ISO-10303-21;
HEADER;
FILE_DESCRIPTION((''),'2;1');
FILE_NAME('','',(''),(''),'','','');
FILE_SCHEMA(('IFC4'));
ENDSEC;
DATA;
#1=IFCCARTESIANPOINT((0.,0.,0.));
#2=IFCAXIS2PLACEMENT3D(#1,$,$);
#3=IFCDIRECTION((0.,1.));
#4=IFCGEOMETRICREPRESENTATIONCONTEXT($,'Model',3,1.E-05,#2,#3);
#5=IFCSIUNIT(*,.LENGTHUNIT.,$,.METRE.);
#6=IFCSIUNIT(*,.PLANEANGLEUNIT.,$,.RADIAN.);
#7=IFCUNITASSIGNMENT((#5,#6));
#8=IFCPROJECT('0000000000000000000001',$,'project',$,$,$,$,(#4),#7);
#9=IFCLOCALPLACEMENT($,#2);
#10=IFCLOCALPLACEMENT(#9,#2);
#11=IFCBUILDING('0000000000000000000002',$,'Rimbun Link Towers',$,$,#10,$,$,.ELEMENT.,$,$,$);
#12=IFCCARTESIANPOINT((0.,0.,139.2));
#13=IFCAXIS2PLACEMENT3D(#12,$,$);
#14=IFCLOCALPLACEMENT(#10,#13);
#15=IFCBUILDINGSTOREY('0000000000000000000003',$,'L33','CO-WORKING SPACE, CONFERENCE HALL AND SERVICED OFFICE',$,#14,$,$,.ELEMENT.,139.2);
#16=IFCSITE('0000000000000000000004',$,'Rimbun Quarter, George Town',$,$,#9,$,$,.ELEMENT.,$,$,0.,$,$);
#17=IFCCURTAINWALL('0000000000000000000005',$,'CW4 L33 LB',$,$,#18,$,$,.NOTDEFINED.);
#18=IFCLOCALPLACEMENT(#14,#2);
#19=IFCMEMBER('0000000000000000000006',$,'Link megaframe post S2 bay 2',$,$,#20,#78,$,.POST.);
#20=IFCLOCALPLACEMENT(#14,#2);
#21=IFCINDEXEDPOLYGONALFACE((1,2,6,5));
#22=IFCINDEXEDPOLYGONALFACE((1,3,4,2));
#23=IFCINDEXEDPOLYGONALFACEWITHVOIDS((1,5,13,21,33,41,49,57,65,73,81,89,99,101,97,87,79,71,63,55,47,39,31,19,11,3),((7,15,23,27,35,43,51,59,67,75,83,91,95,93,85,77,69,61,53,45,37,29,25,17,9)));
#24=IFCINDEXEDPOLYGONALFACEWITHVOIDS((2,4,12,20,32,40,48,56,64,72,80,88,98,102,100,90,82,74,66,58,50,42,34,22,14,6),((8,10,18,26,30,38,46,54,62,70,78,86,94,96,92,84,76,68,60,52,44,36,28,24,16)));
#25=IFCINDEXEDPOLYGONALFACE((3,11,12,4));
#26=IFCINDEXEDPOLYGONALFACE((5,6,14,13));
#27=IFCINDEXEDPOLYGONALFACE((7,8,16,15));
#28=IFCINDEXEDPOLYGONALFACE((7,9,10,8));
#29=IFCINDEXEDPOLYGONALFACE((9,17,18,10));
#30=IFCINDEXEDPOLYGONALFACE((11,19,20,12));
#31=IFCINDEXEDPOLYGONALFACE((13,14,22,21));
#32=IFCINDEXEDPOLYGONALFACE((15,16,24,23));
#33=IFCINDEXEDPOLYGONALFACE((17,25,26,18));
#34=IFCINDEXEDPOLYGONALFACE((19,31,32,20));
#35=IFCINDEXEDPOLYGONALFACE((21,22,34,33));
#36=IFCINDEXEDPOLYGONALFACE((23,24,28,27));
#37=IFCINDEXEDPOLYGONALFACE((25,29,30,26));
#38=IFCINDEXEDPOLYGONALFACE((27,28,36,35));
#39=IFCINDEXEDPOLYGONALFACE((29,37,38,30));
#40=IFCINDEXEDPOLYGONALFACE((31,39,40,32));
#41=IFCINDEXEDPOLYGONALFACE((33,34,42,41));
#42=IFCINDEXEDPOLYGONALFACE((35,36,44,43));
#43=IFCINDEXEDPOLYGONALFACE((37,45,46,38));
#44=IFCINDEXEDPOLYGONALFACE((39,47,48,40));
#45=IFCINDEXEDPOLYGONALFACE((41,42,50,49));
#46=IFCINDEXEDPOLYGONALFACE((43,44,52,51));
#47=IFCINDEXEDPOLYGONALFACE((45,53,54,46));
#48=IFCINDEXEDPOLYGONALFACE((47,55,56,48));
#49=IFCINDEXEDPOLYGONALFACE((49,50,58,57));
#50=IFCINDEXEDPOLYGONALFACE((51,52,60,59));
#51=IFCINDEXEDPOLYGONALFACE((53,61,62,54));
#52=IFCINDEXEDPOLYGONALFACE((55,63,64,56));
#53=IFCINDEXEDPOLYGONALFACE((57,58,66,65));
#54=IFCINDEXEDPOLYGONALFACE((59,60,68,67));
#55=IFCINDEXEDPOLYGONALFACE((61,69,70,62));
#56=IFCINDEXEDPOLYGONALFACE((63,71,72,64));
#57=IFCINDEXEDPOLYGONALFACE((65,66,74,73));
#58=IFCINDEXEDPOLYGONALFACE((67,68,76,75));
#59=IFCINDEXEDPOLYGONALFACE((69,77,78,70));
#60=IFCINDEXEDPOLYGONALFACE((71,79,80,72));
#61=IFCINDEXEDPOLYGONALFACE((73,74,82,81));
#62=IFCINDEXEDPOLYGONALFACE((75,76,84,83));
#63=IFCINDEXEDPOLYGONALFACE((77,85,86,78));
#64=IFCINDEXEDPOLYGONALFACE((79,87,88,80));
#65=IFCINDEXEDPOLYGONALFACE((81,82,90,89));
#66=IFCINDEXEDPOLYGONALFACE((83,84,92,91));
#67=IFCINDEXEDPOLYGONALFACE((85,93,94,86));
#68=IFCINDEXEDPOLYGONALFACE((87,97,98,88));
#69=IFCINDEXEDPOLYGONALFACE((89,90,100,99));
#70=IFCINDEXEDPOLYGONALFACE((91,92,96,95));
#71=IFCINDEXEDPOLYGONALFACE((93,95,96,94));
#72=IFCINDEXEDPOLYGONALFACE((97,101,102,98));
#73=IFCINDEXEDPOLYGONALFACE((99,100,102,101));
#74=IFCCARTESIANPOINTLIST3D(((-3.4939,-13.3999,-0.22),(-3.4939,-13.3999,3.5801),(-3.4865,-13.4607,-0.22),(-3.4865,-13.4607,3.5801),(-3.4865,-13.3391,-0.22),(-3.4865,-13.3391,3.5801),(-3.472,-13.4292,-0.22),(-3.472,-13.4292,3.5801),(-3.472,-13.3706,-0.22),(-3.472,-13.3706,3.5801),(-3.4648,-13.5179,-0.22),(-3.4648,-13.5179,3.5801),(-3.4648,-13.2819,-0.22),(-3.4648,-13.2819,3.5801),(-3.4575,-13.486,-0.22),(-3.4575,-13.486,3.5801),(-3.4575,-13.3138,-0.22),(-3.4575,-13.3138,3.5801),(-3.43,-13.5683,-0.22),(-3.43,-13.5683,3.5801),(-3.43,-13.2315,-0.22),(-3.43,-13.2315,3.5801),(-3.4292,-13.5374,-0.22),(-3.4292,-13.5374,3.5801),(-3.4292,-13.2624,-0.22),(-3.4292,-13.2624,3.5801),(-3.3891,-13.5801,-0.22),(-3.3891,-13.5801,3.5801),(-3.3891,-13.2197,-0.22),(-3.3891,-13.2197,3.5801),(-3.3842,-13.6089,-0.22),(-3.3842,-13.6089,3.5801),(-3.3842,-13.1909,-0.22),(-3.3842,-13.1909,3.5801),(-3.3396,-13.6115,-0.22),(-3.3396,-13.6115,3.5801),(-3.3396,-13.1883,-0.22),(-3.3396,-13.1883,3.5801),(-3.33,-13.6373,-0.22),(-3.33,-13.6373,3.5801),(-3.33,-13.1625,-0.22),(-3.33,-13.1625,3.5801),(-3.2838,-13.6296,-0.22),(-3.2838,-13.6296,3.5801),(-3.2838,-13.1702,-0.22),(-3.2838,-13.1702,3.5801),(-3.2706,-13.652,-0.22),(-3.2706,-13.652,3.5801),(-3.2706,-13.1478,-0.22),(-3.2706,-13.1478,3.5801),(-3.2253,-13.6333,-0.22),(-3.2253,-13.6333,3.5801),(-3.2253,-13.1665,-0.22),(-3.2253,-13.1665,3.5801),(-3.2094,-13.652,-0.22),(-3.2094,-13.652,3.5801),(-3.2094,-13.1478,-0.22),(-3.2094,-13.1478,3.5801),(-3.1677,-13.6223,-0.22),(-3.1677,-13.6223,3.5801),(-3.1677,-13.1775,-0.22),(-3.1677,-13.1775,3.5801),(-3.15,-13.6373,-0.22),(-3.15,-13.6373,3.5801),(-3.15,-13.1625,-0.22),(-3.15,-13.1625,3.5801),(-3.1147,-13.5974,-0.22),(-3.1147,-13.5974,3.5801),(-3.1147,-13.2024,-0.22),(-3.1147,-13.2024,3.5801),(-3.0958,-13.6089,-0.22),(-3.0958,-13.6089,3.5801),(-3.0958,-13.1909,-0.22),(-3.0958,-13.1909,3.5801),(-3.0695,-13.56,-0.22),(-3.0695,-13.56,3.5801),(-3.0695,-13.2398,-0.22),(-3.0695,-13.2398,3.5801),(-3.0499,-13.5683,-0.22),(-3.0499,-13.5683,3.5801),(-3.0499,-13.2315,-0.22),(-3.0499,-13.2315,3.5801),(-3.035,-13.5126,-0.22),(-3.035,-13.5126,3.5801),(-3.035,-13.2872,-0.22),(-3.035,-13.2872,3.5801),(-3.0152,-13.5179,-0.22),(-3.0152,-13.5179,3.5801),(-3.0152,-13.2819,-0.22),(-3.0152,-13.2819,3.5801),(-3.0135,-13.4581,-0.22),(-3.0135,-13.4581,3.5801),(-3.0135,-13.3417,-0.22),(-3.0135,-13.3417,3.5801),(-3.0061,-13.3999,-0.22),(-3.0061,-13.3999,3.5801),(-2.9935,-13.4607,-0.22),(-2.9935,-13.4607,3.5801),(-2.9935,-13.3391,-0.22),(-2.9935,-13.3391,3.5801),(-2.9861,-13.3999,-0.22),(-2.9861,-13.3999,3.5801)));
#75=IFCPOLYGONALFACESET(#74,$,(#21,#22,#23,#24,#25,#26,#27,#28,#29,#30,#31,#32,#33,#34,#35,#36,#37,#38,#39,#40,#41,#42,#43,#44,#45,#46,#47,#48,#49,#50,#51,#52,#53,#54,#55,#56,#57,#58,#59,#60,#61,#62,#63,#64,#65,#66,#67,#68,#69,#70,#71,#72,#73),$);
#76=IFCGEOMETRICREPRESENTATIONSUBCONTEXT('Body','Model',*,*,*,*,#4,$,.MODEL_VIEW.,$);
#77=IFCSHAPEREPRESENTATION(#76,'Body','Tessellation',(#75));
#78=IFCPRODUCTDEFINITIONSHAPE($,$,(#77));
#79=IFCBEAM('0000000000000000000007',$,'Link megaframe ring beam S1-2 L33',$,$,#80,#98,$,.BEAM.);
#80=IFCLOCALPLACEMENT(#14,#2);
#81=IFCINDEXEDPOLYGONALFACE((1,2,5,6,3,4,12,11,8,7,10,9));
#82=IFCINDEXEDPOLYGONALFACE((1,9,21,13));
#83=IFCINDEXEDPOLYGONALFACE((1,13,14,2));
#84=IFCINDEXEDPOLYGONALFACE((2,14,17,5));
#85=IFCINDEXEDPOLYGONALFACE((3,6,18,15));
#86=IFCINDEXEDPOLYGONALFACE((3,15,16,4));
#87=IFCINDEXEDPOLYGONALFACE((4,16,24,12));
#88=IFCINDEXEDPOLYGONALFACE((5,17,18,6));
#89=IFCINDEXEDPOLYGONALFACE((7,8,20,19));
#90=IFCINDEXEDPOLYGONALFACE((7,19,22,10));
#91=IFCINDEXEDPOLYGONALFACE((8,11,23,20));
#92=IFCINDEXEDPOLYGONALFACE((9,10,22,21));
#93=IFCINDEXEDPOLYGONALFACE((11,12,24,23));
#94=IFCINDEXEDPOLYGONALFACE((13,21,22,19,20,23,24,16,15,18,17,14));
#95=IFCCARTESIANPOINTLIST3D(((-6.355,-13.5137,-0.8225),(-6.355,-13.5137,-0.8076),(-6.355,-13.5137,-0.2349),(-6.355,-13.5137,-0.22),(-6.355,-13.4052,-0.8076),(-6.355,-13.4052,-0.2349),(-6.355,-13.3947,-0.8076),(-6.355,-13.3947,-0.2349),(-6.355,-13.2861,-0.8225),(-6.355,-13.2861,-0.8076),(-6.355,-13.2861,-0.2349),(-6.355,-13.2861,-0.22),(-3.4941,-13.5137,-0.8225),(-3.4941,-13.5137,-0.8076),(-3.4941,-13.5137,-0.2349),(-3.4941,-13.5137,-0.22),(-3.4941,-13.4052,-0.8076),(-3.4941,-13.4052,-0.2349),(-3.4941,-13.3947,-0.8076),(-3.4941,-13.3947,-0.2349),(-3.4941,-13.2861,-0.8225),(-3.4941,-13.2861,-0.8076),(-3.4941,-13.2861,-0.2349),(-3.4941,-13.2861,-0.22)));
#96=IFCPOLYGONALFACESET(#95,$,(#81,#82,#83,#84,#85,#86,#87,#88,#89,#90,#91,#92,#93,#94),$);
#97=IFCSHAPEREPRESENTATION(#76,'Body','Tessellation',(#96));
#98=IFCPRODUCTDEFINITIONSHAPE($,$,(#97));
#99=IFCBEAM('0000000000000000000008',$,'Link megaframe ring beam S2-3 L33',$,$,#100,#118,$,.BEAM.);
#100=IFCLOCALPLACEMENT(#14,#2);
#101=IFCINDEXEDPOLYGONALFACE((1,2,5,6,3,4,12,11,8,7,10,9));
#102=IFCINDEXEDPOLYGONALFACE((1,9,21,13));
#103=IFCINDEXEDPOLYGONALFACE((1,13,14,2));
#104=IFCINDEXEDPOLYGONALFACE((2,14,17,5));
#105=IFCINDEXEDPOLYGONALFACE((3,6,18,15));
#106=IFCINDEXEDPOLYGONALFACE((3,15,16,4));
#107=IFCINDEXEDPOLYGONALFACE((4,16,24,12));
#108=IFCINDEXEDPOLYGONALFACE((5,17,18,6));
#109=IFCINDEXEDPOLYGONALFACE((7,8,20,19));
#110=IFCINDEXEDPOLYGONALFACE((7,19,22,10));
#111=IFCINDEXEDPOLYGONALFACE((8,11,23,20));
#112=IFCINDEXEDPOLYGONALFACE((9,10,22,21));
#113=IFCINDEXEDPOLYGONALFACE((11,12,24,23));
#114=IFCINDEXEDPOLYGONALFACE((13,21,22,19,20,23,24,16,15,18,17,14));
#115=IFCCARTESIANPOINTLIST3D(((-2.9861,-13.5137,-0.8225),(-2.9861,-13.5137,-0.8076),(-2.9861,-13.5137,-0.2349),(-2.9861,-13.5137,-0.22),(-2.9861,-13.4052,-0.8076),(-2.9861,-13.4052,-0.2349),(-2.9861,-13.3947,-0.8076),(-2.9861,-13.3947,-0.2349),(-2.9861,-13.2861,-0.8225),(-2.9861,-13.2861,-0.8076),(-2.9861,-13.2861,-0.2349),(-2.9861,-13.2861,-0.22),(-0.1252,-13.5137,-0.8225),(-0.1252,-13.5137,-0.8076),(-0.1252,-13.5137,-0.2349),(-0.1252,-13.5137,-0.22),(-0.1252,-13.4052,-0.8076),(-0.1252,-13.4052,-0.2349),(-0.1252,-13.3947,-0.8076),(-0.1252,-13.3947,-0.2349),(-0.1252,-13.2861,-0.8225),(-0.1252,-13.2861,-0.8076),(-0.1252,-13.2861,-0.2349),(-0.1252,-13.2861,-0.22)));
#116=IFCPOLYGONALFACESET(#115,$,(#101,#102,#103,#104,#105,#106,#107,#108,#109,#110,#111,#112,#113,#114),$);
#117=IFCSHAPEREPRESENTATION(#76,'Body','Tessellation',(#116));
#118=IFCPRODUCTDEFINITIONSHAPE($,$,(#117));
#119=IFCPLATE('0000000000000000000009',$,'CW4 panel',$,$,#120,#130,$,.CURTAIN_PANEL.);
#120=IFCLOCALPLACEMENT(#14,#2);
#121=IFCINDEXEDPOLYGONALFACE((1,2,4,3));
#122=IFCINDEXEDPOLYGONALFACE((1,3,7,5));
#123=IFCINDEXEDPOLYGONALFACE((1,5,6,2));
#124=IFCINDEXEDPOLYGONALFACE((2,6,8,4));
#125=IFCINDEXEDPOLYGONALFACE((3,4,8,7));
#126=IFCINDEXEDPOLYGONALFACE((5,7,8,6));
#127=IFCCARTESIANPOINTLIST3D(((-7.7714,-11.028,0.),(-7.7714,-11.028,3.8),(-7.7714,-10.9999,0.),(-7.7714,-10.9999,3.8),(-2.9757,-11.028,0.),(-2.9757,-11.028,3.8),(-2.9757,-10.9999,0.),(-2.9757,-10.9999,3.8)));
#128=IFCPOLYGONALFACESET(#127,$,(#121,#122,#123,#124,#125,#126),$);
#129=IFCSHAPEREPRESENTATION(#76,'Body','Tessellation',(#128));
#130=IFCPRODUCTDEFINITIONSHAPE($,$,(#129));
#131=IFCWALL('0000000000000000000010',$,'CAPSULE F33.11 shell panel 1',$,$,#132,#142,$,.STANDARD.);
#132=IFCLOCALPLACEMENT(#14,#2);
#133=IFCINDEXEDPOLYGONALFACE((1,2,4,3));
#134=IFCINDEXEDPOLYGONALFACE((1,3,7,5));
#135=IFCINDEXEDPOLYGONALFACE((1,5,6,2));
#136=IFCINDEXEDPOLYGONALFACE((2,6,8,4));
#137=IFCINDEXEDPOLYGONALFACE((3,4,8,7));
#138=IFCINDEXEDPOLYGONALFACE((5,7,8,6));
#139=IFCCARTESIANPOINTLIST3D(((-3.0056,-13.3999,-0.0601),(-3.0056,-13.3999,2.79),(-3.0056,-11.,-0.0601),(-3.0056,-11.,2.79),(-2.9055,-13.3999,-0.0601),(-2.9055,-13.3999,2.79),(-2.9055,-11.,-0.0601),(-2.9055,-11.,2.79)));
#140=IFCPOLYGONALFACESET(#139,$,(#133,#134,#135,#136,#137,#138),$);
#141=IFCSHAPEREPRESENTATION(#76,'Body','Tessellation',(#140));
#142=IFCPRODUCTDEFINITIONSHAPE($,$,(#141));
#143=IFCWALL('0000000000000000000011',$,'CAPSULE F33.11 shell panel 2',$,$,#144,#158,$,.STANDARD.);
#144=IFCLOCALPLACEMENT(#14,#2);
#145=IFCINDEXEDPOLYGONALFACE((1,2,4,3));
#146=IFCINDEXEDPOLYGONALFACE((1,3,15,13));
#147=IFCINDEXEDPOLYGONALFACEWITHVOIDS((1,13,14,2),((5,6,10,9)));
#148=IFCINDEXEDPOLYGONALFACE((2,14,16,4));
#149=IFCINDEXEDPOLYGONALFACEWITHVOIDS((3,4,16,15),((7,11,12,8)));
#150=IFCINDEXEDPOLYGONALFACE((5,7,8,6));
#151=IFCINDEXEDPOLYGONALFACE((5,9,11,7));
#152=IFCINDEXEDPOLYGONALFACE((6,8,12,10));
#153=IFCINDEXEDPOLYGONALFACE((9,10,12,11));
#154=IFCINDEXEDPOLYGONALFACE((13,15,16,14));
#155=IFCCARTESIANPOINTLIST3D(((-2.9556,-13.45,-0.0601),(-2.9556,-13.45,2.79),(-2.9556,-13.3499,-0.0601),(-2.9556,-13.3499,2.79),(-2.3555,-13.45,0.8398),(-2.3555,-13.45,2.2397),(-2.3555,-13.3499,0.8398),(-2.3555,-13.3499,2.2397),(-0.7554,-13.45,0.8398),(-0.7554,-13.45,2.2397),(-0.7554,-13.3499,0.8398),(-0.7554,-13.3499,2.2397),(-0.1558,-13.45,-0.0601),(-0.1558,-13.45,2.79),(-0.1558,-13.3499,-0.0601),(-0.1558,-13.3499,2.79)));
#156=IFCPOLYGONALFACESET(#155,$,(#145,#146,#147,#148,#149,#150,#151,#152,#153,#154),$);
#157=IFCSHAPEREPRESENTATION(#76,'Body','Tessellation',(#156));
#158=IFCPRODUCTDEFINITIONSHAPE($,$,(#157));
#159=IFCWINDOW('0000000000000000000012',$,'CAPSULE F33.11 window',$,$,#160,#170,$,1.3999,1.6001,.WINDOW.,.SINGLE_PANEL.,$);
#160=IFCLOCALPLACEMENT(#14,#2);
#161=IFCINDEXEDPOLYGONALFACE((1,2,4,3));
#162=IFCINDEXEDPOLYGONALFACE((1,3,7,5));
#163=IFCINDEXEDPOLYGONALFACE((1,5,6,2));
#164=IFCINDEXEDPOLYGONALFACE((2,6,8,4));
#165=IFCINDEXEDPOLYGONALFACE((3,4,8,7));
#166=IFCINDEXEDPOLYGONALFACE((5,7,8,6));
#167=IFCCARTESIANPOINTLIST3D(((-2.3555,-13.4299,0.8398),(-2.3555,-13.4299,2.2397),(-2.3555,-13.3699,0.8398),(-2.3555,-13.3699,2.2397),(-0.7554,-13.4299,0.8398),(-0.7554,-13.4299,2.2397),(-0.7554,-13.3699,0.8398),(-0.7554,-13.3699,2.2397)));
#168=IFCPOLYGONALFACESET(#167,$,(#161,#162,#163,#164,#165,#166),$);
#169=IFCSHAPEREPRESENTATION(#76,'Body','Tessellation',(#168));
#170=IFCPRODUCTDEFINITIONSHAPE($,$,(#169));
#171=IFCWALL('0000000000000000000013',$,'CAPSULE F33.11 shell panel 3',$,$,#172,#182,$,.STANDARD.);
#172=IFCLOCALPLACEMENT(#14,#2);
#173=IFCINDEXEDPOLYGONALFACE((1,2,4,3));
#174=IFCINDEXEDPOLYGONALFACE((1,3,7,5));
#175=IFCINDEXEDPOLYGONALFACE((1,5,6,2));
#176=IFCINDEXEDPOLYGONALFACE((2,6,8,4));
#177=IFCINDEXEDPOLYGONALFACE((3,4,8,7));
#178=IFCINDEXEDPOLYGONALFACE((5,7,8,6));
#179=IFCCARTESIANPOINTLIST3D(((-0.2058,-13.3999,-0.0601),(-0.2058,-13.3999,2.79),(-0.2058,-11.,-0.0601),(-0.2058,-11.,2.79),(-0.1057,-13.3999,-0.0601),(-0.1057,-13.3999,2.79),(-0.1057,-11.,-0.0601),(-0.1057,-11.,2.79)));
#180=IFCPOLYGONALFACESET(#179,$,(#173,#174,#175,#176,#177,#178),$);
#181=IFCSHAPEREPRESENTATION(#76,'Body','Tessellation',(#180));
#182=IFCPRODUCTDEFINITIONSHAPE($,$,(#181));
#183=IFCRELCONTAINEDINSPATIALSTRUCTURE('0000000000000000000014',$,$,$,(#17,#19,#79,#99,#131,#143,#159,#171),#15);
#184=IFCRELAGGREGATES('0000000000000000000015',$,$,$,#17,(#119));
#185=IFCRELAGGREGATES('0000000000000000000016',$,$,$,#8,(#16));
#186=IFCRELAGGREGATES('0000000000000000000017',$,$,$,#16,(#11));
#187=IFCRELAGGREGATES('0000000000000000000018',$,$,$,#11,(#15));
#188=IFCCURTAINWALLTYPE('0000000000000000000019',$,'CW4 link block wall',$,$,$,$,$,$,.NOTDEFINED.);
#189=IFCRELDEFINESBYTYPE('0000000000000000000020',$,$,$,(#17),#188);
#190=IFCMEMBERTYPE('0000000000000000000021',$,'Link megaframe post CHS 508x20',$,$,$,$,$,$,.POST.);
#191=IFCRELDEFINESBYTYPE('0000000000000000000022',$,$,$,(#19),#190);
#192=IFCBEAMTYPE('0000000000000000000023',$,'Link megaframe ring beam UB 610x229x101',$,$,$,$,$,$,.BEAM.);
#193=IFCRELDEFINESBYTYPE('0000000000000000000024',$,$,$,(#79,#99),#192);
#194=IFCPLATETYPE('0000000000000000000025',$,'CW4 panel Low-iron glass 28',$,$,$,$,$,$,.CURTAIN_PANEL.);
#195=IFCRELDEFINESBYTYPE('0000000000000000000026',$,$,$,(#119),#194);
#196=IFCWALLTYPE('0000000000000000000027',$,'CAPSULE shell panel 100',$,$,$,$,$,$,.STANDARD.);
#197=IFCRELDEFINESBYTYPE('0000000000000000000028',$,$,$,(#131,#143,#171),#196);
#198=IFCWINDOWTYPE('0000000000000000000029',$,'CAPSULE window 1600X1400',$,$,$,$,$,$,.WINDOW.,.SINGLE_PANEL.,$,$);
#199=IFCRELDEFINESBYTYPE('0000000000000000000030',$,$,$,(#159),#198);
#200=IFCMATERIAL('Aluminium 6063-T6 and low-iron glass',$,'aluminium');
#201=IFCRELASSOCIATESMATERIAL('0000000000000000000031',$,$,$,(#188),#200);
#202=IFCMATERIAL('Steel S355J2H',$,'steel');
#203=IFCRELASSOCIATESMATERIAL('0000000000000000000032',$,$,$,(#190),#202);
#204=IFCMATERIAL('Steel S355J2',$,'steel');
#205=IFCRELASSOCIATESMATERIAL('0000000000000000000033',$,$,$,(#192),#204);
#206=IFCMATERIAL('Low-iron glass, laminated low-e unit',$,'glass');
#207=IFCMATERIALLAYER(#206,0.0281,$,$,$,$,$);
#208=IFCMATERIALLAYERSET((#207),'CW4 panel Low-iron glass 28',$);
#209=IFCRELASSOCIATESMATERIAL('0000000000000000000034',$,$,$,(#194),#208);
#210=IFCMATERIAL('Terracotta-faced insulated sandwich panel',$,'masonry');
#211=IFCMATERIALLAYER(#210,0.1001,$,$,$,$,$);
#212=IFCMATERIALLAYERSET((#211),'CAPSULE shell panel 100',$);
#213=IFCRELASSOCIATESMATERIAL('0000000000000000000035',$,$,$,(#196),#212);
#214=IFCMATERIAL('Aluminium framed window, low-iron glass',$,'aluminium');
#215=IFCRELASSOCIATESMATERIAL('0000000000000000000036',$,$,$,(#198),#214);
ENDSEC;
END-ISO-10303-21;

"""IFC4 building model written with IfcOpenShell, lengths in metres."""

from ifc_helpers import new_model, si_unit, direction, frame, frame_2d, origin, origin_2d, place, context, subcontext, project, spatial, rectangle, hollow_circle, i_section, extrude, material, layer, layer_set, material_profile, profile_set, type_object, element, fill, aggregate, save


model = new_model("IFC4")

# Units and contexts
model_context = context("Model", 3, precision=1e-05, world=origin(), true_north=direction((0.0, 1.0)))
body_context = subcontext(model_context, "Body", "Model", "MODEL_VIEW")
ifc_project = project(units=[si_unit("LENGTHUNIT", "METRE"), si_unit("PLANEANGLEUNIT", "RADIAN")], contexts=[model_context])

# Site, building, storey
site_placement = place(None, origin())
site = spatial("IfcSite", under=ifc_project, at=site_placement, Name="Rimbun Quarter, George Town", CompositionType="ELEMENT", RefElevation=0.0)
building_placement = place(site_placement, origin())
building = spatial("IfcBuilding", under=site, at=building_placement, Name="Rimbun Link Towers", CompositionType="ELEMENT")
storey_placement = place(building_placement, frame((0.0, 0.0, 139.2)))
storey = spatial("IfcBuildingStorey", under=building, at=storey_placement, Name="L33", Description="CO-WORKING SPACE, CONFERENCE HALL AND SERVICED OFFICE", CompositionType="ELEMENT", Elevation=139.2)

# Curtain wall
ifc_material_1 = material(Name="Aluminium 6063-T6 and low-iron glass", Category="aluminium")
curtain_wall_type = type_object("IfcCurtainWallType", Name="CW4 link block wall", PredefinedType="NOTDEFINED", material=ifc_material_1)
curtain_wall_placement = place(storey_placement, origin())
curtain_wall = element("IfcCurtainWall", 1, at=curtain_wall_placement, inside=storey, type_object=curtain_wall_type, Name="CW4 L33 LB", PredefinedType="NOTDEFINED")

# Member
ifc_material_2 = material(Name="Steel S355J2H", Category="steel")
ifc_material_profile_1 = material_profile(ifc_material_2, hollow_circle(Radius=0.2539, WallThickness=0.02, at=origin_2d()), Name="CHS 508x20")
ifc_profile_set_1 = profile_set([ifc_material_profile_1], Name="Steel S355J2H")
member_type_1 = type_object("IfcMemberType", Name="Link megaframe post CHS 508x20", PredefinedType="POST", material=ifc_profile_set_1)
for number, where, z_axis, x_axis, name in (
    (2, (-3.24, -13.3999, -0.22), (0.0, 0.0, 1.0), (1.0, 0.0, 0.0), "Link megaframe post S2 bay 2"),
):
    element("IfcMember", number, at=place(storey_placement, frame(where, z_axis=z_axis, x_axis=x_axis)), inside=storey, type_object=member_type_1, Name=name, PredefinedType="POST", context=body_context, shape_type="SweptSolid", body=[
        extrude(hollow_circle(Radius=0.2539, WallThickness=0.02, at=origin_2d()), origin(), (0.0, 0.0, 1.0), 3.8),
    ])

# Beams
ifc_material_3 = material(Name="Steel S355J2", Category="steel")
ifc_material_profile_2 = material_profile(ifc_material_3, i_section(OverallWidth=0.2275, OverallDepth=0.6025, WebThickness=0.0105, FlangeThickness=0.0149, at=origin_2d()), Name="UB 610x229x101")
ifc_profile_set_2 = profile_set([ifc_material_profile_2], Name="Steel S355J2")
beam_type_1 = type_object("IfcBeamType", Name="Link megaframe ring beam UB 610x229x101", PredefinedType="BEAM", material=ifc_profile_set_2)
for number, where, z_axis, x_axis, name in (
    (3, (-6.355, -13.3999, -0.5212), (1.0, 0.0, 0.0), (0.0, 1.0, 0.0), "Link megaframe ring beam S1-2 L33"),
    (4, (-2.9861, -13.3999, -0.5212), (1.0, 0.0, 0.0), (0.0, 1.0, 0.0), "Link megaframe ring beam S2-3 L33"),
):
    element("IfcBeam", number, at=place(storey_placement, frame(where, z_axis=z_axis, x_axis=x_axis)), inside=storey, type_object=beam_type_1, Name=name, PredefinedType="BEAM", context=body_context, shape_type="SweptSolid", body=[
        extrude(i_section(OverallWidth=0.2275, OverallDepth=0.6025, WebThickness=0.0105, FlangeThickness=0.0149, at=origin_2d()), origin(), (0.0, 0.0, 1.0), 2.8608),
    ])

# Plate
ifc_material_4 = material(Name="Low-iron glass, laminated low-e unit", Category="glass")
ifc_layer_1 = layer(ifc_material_4, 0.0281)
ifc_layer_set_1 = layer_set([ifc_layer_1], Name="CW4 panel Low-iron glass 28")
plate_type = type_object("IfcPlateType", Name="CW4 panel Low-iron glass 28", PredefinedType="CURTAIN_PANEL", material=ifc_layer_set_1)
plate_placement = place(storey_placement, frame((-5.3735, -11.0139, 0.0), z_axis=(0.0, 0.0, 1.0), x_axis=(-1.0, 0.0, 0.0)))
plate = element("IfcPlate", 5, at=plate_placement, type_object=plate_type, Name="CW4 panel", PredefinedType="CURTAIN_PANEL", context=body_context, shape_type="SweptSolid", body=[
    extrude(rectangle(XDim=4.7957, YDim=0.0281, at=origin_2d()), origin(), (0.0, 0.0, 1.0), 3.8),
])
aggregate(curtain_wall, [plate])

# Wall
ifc_material_5 = material(Name="Terracotta-faced insulated sandwich panel", Category="masonry")
ifc_layer_2 = layer(ifc_material_5, 0.1001)
ifc_layer_set_2 = layer_set([ifc_layer_2], Name="CAPSULE shell panel 100")
wall_type_1 = type_object("IfcWallType", Name="CAPSULE shell panel 100", PredefinedType="STANDARD", material=ifc_layer_set_2)
wall_1_placement = place(storey_placement, frame((-2.9556, -11.0, -0.0601), z_axis=(0.0, 0.0, 1.0), x_axis=(0.0, -1.0, 0.0)))
element("IfcWall", 6, at=wall_1_placement, inside=storey, type_object=wall_type_1, Name="CAPSULE F33.11 shell panel 1", PredefinedType="STANDARD", context=body_context, shape_type="SweptSolid", body=[
    extrude(rectangle(XDim=2.3999, YDim=0.1001, at=frame_2d((1.2, 0.0))), origin(), (0.0, 0.0, 1.0), 2.8501),
])

# Wall, opening, window
wall_2_placement = place(storey_placement, frame((-2.9556, -13.3999, -0.0601), z_axis=(0.0, 0.0, 1.0), x_axis=(1.0, 0.0, 0.0)))
wall_2 = element("IfcWall", 7, at=wall_2_placement, inside=storey, type_object=wall_type_1, Name="CAPSULE F33.11 shell panel 2", PredefinedType="STANDARD", context=body_context, shape_type="SweptSolid", body=[
    extrude(rectangle(XDim=2.7998, YDim=0.1001, at=frame_2d((1.3999, 0.0))), origin(), (0.0, 0.0, 1.0), 2.8501),
])
opening_1_placement = place(wall_2_placement, frame((0.6001, 0.0, 0.8999)))
opening_1 = element("IfcOpeningElement", 8, at=opening_1_placement, cuts=wall_2, PredefinedType="OPENING", context=body_context, shape_type="SweptSolid", body=[
    extrude(rectangle(XDim=1.6001, YDim=1.3999, at=frame_2d((0.8, 0.7))), frame((0.0, 0.0601, 0.0), z_axis=(0.0, -1.0, 0.0), x_axis=(1.0, 0.0, 0.0)), (0.0, 0.0, 1.0), 0.1201),
])
ifc_material_6 = material(Name="Aluminium framed window, low-iron glass", Category="aluminium")
window_type = type_object("IfcWindowType", Name="CAPSULE window 1600X1400", PartitioningType="SINGLE_PANEL", PredefinedType="WINDOW", material=ifc_material_6)
window_placement = place(opening_1_placement, origin())
window = element("IfcWindow", 9, at=window_placement, inside=storey, type_object=window_type, Name="CAPSULE F33.11 window", OverallHeight=1.3999, OverallWidth=1.6001, PartitioningType="SINGLE_PANEL", PredefinedType="WINDOW", context=body_context, shape_type="SweptSolid", body=[
    extrude(rectangle(XDim=1.6001, YDim=1.3999, at=frame_2d((0.8, 0.7))), frame((0.0, 0.03, 0.0), z_axis=(0.0, -1.0, 0.0), x_axis=(1.0, 0.0, 0.0)), (0.0, 0.0, 1.0), 0.0601),
])
fill(opening_1, window)

# Wall
wall_3_placement = place(storey_placement, frame((-0.1558, -13.3999, -0.0601), z_axis=(0.0, 0.0, 1.0), x_axis=(0.0, 1.0, 0.0)))
element("IfcWall", 10, at=wall_3_placement, inside=storey, type_object=wall_type_1, Name="CAPSULE F33.11 shell panel 3", PredefinedType="STANDARD", context=body_context, shape_type="SweptSolid", body=[
    extrude(rectangle(XDim=2.3999, YDim=0.1001, at=frame_2d((1.2, 0.0))), origin(), (0.0, 0.0, 1.0), 2.8501),
])

save(model, "model.ifc")
